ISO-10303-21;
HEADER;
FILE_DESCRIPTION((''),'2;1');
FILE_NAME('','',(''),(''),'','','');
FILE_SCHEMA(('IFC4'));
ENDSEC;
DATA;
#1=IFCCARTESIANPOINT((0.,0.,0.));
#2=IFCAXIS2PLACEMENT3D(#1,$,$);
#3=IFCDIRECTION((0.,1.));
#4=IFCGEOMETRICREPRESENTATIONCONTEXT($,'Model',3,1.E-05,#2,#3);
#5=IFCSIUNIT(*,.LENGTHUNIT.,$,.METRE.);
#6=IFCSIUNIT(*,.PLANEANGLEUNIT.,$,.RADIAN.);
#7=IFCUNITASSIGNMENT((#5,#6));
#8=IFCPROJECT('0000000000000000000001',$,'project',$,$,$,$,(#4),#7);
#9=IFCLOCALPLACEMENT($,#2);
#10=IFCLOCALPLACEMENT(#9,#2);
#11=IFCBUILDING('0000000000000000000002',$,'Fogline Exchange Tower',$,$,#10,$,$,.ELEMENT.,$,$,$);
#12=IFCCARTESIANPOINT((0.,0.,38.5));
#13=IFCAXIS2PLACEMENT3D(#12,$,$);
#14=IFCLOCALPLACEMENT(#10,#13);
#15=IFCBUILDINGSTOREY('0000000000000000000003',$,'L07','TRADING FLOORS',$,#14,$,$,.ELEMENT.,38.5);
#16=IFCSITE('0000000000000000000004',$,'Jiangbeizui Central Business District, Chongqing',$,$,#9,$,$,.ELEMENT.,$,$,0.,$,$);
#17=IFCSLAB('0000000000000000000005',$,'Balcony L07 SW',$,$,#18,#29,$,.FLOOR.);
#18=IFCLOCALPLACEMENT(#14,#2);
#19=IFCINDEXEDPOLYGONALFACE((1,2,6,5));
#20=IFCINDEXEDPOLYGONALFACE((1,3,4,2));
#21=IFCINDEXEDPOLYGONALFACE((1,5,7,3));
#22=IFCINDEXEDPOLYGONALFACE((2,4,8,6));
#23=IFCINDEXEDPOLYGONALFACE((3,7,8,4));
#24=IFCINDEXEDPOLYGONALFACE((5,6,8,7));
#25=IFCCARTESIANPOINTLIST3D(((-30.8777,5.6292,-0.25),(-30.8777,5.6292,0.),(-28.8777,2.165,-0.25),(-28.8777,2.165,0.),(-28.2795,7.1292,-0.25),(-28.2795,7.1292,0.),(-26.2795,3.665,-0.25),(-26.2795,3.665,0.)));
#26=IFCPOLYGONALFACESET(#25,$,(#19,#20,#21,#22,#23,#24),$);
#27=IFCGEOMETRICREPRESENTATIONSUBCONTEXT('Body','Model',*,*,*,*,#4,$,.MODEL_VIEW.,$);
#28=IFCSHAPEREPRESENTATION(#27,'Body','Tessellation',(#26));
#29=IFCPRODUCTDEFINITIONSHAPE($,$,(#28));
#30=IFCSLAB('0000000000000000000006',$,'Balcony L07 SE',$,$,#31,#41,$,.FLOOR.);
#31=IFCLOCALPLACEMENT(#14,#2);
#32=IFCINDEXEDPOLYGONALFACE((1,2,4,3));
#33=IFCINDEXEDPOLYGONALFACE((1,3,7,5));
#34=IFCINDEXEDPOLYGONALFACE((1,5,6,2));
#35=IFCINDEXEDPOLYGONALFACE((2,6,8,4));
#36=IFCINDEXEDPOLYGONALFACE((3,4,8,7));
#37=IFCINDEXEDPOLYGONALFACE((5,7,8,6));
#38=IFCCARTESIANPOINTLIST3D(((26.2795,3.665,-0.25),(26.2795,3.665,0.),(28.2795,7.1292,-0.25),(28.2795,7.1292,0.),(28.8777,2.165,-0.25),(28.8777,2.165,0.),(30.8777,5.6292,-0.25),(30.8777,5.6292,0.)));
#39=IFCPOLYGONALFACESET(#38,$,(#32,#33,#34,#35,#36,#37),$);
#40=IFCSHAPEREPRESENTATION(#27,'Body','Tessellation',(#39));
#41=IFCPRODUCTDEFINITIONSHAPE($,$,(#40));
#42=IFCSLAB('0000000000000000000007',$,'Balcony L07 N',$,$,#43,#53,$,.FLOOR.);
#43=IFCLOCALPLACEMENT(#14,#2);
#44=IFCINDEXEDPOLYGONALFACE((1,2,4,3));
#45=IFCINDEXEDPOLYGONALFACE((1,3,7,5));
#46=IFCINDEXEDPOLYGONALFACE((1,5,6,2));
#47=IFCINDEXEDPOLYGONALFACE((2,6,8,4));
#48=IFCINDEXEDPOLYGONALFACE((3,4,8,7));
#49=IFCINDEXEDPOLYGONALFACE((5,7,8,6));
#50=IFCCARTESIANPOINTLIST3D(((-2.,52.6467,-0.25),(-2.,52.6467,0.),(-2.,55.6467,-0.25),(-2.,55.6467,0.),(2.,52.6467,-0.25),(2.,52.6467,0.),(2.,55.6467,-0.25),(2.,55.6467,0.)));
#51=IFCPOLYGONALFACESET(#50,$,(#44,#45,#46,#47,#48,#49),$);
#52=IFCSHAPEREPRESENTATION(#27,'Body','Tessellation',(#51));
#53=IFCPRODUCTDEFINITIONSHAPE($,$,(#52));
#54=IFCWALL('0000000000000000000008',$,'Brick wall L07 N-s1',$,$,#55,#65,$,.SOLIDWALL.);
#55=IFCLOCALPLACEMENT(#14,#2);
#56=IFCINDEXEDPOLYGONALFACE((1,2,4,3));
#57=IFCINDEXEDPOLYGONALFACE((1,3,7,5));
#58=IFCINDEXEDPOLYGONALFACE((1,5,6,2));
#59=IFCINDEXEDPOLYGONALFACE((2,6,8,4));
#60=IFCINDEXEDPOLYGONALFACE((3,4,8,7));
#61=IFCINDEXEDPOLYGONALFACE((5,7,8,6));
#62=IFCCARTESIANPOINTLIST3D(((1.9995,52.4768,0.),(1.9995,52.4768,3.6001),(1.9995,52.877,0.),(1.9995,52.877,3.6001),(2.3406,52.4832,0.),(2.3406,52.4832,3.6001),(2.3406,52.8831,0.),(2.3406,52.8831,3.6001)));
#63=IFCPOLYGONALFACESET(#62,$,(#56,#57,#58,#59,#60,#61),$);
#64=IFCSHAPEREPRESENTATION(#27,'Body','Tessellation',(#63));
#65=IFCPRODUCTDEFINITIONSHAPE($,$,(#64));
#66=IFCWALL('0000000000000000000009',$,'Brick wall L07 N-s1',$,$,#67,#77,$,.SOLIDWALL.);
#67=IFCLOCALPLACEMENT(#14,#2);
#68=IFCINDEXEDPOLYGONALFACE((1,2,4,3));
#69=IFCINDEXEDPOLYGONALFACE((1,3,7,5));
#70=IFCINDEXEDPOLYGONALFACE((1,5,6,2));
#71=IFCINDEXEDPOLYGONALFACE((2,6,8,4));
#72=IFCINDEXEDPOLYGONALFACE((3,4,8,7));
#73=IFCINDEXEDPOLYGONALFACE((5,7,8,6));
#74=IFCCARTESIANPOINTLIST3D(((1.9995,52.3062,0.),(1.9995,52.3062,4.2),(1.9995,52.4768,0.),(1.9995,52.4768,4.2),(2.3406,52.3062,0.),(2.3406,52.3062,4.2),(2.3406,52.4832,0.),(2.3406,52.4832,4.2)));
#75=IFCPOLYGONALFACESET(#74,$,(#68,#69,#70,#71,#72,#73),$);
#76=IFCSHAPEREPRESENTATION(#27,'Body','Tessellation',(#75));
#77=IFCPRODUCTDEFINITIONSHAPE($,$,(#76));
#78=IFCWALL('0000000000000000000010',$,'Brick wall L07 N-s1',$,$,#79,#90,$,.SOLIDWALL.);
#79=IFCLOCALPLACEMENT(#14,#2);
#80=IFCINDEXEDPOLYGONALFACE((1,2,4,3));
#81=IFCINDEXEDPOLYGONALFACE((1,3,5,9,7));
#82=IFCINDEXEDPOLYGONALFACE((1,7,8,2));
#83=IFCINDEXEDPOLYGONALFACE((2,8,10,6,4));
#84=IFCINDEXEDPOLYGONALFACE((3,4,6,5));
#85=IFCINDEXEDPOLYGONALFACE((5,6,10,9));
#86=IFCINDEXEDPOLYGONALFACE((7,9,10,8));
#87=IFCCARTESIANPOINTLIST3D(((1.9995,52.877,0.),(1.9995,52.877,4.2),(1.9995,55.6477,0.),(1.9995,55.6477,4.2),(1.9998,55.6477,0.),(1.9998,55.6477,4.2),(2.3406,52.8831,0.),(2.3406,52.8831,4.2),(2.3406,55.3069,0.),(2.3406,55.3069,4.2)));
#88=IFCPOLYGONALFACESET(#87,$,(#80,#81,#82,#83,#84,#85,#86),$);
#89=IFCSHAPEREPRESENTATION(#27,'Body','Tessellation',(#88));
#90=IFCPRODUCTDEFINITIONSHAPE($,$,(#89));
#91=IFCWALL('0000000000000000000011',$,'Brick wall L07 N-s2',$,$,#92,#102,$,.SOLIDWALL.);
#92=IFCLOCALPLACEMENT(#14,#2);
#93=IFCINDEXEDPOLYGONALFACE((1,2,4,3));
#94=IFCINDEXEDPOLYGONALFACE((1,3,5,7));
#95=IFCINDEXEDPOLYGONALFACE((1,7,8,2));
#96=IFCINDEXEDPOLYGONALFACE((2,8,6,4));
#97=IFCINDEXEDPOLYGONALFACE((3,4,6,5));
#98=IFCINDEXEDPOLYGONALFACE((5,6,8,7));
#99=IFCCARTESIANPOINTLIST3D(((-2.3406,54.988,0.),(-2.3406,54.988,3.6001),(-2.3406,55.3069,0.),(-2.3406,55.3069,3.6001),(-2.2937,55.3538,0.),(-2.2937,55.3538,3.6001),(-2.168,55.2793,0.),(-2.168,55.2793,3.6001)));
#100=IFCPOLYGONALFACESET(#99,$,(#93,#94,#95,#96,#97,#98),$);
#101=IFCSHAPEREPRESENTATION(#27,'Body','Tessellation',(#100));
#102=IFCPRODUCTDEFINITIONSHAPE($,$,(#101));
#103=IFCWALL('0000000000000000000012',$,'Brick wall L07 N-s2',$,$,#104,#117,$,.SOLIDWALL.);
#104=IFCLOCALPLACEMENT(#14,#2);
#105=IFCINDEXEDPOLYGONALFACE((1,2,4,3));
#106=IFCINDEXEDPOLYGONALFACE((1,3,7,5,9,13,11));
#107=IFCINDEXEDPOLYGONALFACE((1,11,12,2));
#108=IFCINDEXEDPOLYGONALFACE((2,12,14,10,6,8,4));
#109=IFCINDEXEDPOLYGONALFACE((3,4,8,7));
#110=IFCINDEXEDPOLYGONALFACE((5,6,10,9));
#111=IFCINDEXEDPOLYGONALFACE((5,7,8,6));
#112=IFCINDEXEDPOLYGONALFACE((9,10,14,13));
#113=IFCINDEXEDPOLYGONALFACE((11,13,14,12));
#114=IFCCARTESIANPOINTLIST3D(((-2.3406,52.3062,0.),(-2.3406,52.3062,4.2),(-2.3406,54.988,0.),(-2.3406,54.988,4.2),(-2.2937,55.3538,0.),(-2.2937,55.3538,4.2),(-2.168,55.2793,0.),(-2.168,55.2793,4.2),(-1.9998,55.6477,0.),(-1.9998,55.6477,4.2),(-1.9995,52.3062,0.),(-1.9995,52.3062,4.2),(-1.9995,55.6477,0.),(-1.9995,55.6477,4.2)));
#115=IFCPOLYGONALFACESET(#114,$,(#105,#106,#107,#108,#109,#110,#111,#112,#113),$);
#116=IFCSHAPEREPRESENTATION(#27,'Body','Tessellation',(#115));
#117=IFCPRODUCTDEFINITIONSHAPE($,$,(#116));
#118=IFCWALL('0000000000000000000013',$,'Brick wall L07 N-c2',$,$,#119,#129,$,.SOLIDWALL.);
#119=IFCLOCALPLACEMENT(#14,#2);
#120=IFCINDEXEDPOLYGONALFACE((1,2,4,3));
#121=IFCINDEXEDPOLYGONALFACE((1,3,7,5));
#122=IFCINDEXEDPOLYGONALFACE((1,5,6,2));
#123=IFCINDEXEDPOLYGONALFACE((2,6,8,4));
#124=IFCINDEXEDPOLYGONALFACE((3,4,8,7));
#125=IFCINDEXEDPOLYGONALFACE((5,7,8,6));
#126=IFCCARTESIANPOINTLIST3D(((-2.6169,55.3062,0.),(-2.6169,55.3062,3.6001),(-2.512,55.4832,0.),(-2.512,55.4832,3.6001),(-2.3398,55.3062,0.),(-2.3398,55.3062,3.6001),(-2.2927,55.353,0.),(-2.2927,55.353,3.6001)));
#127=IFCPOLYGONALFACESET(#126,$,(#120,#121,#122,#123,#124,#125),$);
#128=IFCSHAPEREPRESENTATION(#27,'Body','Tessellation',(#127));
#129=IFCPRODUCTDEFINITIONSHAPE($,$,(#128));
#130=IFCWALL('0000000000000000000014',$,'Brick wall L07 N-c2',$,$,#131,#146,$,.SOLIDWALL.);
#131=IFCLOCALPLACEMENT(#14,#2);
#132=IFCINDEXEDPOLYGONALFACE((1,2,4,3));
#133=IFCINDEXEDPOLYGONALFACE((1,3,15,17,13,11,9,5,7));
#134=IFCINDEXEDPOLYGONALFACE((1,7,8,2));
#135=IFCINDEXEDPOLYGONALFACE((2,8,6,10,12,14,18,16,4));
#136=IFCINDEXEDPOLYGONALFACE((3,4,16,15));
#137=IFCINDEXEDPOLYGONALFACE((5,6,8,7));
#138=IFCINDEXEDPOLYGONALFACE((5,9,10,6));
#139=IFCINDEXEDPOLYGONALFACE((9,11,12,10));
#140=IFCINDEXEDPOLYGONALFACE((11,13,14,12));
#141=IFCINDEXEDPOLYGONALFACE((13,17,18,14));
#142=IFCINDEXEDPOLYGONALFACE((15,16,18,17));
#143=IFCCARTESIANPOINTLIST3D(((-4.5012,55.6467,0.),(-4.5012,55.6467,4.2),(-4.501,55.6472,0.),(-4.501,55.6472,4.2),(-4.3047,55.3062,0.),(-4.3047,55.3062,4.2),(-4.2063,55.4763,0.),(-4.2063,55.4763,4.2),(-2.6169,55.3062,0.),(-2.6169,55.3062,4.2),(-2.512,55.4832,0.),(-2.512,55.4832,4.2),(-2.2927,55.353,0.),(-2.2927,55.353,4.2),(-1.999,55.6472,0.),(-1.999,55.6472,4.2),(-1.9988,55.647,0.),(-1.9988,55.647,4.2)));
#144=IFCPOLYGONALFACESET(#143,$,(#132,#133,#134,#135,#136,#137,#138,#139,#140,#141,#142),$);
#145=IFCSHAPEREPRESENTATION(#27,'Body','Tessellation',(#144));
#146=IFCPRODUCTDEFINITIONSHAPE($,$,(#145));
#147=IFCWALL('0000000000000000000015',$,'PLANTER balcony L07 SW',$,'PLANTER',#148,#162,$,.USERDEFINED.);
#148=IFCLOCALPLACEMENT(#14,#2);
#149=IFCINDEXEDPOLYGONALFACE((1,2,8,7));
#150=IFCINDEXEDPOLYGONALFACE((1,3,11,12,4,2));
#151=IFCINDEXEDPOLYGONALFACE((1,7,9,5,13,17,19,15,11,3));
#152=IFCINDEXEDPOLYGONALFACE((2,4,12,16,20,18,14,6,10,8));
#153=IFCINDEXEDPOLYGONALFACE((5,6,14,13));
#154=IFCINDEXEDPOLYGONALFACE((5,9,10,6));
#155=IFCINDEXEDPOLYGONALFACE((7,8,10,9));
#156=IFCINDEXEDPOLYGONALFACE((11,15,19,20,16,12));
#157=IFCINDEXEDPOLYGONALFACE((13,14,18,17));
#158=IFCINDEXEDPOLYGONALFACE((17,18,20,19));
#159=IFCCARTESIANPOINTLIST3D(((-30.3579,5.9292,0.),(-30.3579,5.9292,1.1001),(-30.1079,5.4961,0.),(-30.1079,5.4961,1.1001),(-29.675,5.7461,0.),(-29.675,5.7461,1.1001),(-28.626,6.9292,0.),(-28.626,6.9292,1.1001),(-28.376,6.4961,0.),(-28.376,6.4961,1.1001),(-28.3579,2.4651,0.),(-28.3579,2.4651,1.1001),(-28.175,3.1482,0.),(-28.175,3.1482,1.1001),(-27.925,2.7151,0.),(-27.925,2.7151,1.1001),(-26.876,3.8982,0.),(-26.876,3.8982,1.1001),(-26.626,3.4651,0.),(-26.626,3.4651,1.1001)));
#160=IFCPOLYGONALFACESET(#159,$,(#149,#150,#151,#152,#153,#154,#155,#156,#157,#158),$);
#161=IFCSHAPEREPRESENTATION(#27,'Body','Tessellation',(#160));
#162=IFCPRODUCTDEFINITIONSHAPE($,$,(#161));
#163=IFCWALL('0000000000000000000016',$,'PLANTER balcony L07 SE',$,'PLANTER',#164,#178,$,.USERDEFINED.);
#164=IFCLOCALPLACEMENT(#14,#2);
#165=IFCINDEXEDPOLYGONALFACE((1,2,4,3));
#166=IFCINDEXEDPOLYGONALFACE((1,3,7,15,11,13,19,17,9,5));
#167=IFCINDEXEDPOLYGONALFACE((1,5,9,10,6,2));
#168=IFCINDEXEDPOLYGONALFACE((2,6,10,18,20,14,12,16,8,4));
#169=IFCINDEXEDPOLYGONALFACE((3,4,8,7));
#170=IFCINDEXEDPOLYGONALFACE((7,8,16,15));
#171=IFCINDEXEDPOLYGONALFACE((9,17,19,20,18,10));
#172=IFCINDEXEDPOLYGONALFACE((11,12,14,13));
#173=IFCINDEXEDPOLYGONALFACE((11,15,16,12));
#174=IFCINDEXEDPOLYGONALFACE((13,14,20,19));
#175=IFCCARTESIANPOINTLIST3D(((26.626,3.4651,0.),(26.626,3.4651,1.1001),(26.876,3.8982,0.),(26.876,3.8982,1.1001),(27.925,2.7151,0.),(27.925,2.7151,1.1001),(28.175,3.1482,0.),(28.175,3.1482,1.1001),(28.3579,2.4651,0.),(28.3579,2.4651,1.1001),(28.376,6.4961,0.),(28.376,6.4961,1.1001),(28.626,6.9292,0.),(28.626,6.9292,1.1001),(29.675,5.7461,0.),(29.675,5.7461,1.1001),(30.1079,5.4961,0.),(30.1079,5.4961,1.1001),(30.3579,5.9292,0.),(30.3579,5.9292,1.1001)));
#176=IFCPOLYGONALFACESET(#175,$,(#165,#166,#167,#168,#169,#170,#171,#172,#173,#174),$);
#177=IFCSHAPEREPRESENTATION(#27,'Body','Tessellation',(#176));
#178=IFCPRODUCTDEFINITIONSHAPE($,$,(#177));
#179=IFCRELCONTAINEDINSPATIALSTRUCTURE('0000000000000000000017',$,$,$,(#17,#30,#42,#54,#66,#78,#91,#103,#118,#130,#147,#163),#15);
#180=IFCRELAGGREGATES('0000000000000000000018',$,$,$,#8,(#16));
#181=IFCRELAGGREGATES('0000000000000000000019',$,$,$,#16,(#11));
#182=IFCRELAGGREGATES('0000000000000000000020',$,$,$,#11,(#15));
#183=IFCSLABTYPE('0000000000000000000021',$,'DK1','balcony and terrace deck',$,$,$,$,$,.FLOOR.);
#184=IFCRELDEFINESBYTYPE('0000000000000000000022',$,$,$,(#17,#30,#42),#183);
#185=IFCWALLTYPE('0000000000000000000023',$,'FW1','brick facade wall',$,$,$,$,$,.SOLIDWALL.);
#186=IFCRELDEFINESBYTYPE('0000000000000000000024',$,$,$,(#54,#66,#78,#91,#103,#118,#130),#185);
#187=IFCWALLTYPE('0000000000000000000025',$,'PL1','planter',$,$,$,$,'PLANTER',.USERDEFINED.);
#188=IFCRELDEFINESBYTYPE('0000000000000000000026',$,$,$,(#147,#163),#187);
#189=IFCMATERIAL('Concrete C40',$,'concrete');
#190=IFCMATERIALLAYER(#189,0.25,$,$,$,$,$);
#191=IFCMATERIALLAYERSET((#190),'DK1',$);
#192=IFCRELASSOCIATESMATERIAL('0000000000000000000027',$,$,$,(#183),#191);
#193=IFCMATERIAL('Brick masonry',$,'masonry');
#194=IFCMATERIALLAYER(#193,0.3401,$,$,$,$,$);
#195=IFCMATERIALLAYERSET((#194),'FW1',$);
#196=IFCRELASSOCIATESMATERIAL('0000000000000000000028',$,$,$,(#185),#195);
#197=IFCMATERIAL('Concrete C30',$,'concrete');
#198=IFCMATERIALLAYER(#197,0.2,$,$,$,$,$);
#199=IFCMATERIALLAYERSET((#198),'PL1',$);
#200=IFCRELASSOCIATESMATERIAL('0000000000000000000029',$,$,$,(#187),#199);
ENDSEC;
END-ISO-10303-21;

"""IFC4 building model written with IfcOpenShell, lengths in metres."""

from ifc_helpers import new_model, si_unit, direction, frame, origin, place, context, subcontext, project, spatial, polyline, outline, extrude, material, layer, layer_set, type_object, element, save


model = new_model("IFC4")

# Units and contexts
model_context = context("Model", 3, precision=1e-05, world=origin(), true_north=direction((0.0, 1.0)))
body_context = subcontext(model_context, "Body", "Model", "MODEL_VIEW")
ifc_project = project(units=[si_unit("LENGTHUNIT", "METRE"), si_unit("PLANEANGLEUNIT", "RADIAN")], contexts=[model_context])

# Site, building, storey
site_placement = place(None, origin())
site = spatial("IfcSite", under=ifc_project, at=site_placement, Name="Jiangbeizui Central Business District, Chongqing", CompositionType="ELEMENT", RefElevation=0.0)
building_placement = place(site_placement, origin())
building = spatial("IfcBuilding", under=site, at=building_placement, Name="Fogline Exchange Tower", CompositionType="ELEMENT")
storey_placement = place(building_placement, frame((0.0, 0.0, 38.5)))
storey = spatial("IfcBuildingStorey", under=building, at=storey_placement, Name="L07", Description="TRADING FLOORS", CompositionType="ELEMENT", Elevation=38.5)

# Slabs
ifc_material_1 = material(Name="Concrete C40", Category="concrete")
ifc_layer_1 = layer(ifc_material_1, 0.25)
ifc_layer_set_1 = layer_set([ifc_layer_1], Name="DK1")
slab_type = type_object("IfcSlabType", Name="DK1", Description="balcony and terrace deck", PredefinedType="FLOOR", material=ifc_layer_set_1)
slab_1_placement = place(storey_placement, frame((0.0, 0.0, -0.25)))
element("IfcSlab", 1, at=slab_1_placement, inside=storey, type_object=slab_type, Name="Balcony L07 SW", PredefinedType="FLOOR", context=body_context, shape_type="SweptSolid", body=[
    extrude(outline(polyline([(-30.8777, 5.6292), (-28.8777, 2.165), (-26.2795, 3.665), (-28.2795, 7.1292), (-30.8777, 5.6292)])), origin(), (0.0, 0.0, 1.0), 0.25),
])
slab_2_placement = place(storey_placement, frame((0.0, 0.0, -0.25)))
element("IfcSlab", 2, at=slab_2_placement, inside=storey, type_object=slab_type, Name="Balcony L07 SE", PredefinedType="FLOOR", context=body_context, shape_type="SweptSolid", body=[
    extrude(outline(polyline([(28.8777, 2.165), (30.8777, 5.6292), (28.2795, 7.1292), (26.2795, 3.665), (28.8777, 2.165)])), origin(), (0.0, 0.0, 1.0), 0.25),
])
slab_3_placement = place(storey_placement, frame((0.0, 0.0, -0.25)))
element("IfcSlab", 3, at=slab_3_placement, inside=storey, type_object=slab_type, Name="Balcony L07 N", PredefinedType="FLOOR", context=body_context, shape_type="SweptSolid", body=[
    extrude(outline(polyline([(2.0, 55.6467), (-2.0, 55.6467), (-2.0, 52.6467), (2.0, 52.6467), (2.0, 55.6467)])), origin(), (0.0, 0.0, 1.0), 0.25),
])

# Walls
ifc_material_2 = material(Name="Brick masonry", Category="masonry")
ifc_layer_2 = layer(ifc_material_2, 0.3401)
ifc_layer_set_2 = layer_set([ifc_layer_2], Name="FW1")
wall_type_1 = type_object("IfcWallType", Name="FW1", Description="brick facade wall", PredefinedType="SOLIDWALL", material=ifc_layer_set_2)
wall_1_placement = place(storey_placement, origin())
element("IfcWall", 4, at=wall_1_placement, inside=storey, type_object=wall_type_1, Name="Brick wall L07 N-s1", PredefinedType="SOLIDWALL", context=body_context, shape_type="SweptSolid", body=[
    extrude(outline(polyline([(1.9995, 52.877), (2.3406, 52.8831), (2.3406, 52.4832), (1.9995, 52.4768), (1.9995, 52.877)])), origin(), (0.0, 0.0, 1.0), 3.6001),
])
wall_2_placement = place(storey_placement, origin())
element("IfcWall", 5, at=wall_2_placement, inside=storey, type_object=wall_type_1, Name="Brick wall L07 N-s1", PredefinedType="SOLIDWALL", context=body_context, shape_type="SweptSolid", body=[
    extrude(outline(polyline([(1.9995, 52.3062), (1.9995, 52.4768), (2.3406, 52.4832), (2.3406, 52.3062), (1.9995, 52.3062)])), origin(), (0.0, 0.0, 1.0), 4.2),
])
wall_3_placement = place(storey_placement, origin())
element("IfcWall", 6, at=wall_3_placement, inside=storey, type_object=wall_type_1, Name="Brick wall L07 N-s1", PredefinedType="SOLIDWALL", context=body_context, shape_type="SweptSolid", body=[
    extrude(outline(polyline([(1.9995, 55.6477), (1.9998, 55.6477), (2.3406, 55.3069), (2.3406, 52.8831), (1.9995, 52.877), (1.9995, 55.6477)])), origin(), (0.0, 0.0, 1.0), 4.2),
])
wall_4_placement = place(storey_placement, origin())
element("IfcWall", 7, at=wall_4_placement, inside=storey, type_object=wall_type_1, Name="Brick wall L07 N-s2", PredefinedType="SOLIDWALL", context=body_context, shape_type="SweptSolid", body=[
    extrude(outline(polyline([(-2.3406, 55.3069), (-2.2937, 55.3538), (-2.168, 55.2793), (-2.3406, 54.988), (-2.3406, 55.3069)])), origin(), (0.0, 0.0, 1.0), 3.6001),
])
wall_5_placement = place(storey_placement, origin())
element("IfcWall", 8, at=wall_5_placement, inside=storey, type_object=wall_type_1, Name="Brick wall L07 N-s2", PredefinedType="SOLIDWALL", context=body_context, shape_type="SweptSolid", body=[
    extrude(outline(polyline([(-1.9995, 52.3062), (-2.3406, 52.3062), (-2.3406, 54.988), (-2.168, 55.2793), (-2.2937, 55.3538), (-1.9998, 55.6477), (-1.9995, 55.6477), (-1.9995, 52.3062)])), origin(), (0.0, 0.0, 1.0), 4.2),
])
wall_6_placement = place(storey_placement, origin())
element("IfcWall", 9, at=wall_6_placement, inside=storey, type_object=wall_type_1, Name="Brick wall L07 N-c2", PredefinedType="SOLIDWALL", context=body_context, shape_type="SweptSolid", body=[
    extrude(outline(polyline([(-2.3398, 55.3062), (-2.6169, 55.3062), (-2.512, 55.4832), (-2.2927, 55.353), (-2.3398, 55.3062)])), origin(), (0.0, 0.0, 1.0), 3.6001),
])
wall_7_placement = place(storey_placement, origin())
element("IfcWall", 10, at=wall_7_placement, inside=storey, type_object=wall_type_1, Name="Brick wall L07 N-c2", PredefinedType="SOLIDWALL", context=body_context, shape_type="SweptSolid", body=[
    extrude(outline(polyline([(-4.2063, 55.4763), (-4.5012, 55.6467), (-4.501, 55.6472), (-1.999, 55.6472), (-1.9988, 55.647), (-2.2927, 55.353), (-2.512, 55.4832), (-2.6169, 55.3062), (-4.3047, 55.3062), (-4.2063, 55.4763)])), origin(), (0.0, 0.0, 1.0), 4.2),
])
ifc_material_3 = material(Name="Concrete C30", Category="concrete")
ifc_layer_3 = layer(ifc_material_3, 0.2)
ifc_layer_set_3 = layer_set([ifc_layer_3], Name="PL1")
wall_type_2 = type_object("IfcWallType", Name="PL1", Description="planter", ElementType="PLANTER", PredefinedType="USERDEFINED", material=ifc_layer_set_3)
wall_8_placement = place(storey_placement, origin())
element("IfcWall", 11, at=wall_8_placement, inside=storey, type_object=wall_type_2, Name="PLANTER balcony L07 SW", ObjectType="PLANTER", PredefinedType="USERDEFINED", context=body_context, shape_type="SweptSolid", body=[
    extrude(outline(polyline([(-26.876, 3.8982), (-28.175, 3.1482), (-29.675, 5.7461), (-28.376, 6.4961), (-28.626, 6.9292), (-30.3579, 5.9292), (-30.1079, 5.4961), (-28.3579, 2.4651), (-27.925, 2.7151), (-27.925, 2.7151), (-26.626, 3.4651), (-26.876, 3.8982)])), origin(), (0.0, 0.0, 1.0), 1.1001),
])
wall_9_placement = place(storey_placement, origin())
element("IfcWall", 12, at=wall_9_placement, inside=storey, type_object=wall_type_2, Name="PLANTER balcony L07 SE", ObjectType="PLANTER", PredefinedType="USERDEFINED", context=body_context, shape_type="SweptSolid", body=[
    extrude(outline(polyline([(26.626, 3.4651), (27.925, 2.7151), (27.925, 2.7151), (28.3579, 2.4651), (30.1079, 5.4961), (30.3579, 5.9292), (28.626, 6.9292), (28.376, 6.4961), (29.675, 5.7461), (28.175, 3.1482), (26.876, 3.8982), (26.626, 3.4651)])), origin(), (0.0, 0.0, 1.0), 1.1001),
])

save(model, "model.ifc")
